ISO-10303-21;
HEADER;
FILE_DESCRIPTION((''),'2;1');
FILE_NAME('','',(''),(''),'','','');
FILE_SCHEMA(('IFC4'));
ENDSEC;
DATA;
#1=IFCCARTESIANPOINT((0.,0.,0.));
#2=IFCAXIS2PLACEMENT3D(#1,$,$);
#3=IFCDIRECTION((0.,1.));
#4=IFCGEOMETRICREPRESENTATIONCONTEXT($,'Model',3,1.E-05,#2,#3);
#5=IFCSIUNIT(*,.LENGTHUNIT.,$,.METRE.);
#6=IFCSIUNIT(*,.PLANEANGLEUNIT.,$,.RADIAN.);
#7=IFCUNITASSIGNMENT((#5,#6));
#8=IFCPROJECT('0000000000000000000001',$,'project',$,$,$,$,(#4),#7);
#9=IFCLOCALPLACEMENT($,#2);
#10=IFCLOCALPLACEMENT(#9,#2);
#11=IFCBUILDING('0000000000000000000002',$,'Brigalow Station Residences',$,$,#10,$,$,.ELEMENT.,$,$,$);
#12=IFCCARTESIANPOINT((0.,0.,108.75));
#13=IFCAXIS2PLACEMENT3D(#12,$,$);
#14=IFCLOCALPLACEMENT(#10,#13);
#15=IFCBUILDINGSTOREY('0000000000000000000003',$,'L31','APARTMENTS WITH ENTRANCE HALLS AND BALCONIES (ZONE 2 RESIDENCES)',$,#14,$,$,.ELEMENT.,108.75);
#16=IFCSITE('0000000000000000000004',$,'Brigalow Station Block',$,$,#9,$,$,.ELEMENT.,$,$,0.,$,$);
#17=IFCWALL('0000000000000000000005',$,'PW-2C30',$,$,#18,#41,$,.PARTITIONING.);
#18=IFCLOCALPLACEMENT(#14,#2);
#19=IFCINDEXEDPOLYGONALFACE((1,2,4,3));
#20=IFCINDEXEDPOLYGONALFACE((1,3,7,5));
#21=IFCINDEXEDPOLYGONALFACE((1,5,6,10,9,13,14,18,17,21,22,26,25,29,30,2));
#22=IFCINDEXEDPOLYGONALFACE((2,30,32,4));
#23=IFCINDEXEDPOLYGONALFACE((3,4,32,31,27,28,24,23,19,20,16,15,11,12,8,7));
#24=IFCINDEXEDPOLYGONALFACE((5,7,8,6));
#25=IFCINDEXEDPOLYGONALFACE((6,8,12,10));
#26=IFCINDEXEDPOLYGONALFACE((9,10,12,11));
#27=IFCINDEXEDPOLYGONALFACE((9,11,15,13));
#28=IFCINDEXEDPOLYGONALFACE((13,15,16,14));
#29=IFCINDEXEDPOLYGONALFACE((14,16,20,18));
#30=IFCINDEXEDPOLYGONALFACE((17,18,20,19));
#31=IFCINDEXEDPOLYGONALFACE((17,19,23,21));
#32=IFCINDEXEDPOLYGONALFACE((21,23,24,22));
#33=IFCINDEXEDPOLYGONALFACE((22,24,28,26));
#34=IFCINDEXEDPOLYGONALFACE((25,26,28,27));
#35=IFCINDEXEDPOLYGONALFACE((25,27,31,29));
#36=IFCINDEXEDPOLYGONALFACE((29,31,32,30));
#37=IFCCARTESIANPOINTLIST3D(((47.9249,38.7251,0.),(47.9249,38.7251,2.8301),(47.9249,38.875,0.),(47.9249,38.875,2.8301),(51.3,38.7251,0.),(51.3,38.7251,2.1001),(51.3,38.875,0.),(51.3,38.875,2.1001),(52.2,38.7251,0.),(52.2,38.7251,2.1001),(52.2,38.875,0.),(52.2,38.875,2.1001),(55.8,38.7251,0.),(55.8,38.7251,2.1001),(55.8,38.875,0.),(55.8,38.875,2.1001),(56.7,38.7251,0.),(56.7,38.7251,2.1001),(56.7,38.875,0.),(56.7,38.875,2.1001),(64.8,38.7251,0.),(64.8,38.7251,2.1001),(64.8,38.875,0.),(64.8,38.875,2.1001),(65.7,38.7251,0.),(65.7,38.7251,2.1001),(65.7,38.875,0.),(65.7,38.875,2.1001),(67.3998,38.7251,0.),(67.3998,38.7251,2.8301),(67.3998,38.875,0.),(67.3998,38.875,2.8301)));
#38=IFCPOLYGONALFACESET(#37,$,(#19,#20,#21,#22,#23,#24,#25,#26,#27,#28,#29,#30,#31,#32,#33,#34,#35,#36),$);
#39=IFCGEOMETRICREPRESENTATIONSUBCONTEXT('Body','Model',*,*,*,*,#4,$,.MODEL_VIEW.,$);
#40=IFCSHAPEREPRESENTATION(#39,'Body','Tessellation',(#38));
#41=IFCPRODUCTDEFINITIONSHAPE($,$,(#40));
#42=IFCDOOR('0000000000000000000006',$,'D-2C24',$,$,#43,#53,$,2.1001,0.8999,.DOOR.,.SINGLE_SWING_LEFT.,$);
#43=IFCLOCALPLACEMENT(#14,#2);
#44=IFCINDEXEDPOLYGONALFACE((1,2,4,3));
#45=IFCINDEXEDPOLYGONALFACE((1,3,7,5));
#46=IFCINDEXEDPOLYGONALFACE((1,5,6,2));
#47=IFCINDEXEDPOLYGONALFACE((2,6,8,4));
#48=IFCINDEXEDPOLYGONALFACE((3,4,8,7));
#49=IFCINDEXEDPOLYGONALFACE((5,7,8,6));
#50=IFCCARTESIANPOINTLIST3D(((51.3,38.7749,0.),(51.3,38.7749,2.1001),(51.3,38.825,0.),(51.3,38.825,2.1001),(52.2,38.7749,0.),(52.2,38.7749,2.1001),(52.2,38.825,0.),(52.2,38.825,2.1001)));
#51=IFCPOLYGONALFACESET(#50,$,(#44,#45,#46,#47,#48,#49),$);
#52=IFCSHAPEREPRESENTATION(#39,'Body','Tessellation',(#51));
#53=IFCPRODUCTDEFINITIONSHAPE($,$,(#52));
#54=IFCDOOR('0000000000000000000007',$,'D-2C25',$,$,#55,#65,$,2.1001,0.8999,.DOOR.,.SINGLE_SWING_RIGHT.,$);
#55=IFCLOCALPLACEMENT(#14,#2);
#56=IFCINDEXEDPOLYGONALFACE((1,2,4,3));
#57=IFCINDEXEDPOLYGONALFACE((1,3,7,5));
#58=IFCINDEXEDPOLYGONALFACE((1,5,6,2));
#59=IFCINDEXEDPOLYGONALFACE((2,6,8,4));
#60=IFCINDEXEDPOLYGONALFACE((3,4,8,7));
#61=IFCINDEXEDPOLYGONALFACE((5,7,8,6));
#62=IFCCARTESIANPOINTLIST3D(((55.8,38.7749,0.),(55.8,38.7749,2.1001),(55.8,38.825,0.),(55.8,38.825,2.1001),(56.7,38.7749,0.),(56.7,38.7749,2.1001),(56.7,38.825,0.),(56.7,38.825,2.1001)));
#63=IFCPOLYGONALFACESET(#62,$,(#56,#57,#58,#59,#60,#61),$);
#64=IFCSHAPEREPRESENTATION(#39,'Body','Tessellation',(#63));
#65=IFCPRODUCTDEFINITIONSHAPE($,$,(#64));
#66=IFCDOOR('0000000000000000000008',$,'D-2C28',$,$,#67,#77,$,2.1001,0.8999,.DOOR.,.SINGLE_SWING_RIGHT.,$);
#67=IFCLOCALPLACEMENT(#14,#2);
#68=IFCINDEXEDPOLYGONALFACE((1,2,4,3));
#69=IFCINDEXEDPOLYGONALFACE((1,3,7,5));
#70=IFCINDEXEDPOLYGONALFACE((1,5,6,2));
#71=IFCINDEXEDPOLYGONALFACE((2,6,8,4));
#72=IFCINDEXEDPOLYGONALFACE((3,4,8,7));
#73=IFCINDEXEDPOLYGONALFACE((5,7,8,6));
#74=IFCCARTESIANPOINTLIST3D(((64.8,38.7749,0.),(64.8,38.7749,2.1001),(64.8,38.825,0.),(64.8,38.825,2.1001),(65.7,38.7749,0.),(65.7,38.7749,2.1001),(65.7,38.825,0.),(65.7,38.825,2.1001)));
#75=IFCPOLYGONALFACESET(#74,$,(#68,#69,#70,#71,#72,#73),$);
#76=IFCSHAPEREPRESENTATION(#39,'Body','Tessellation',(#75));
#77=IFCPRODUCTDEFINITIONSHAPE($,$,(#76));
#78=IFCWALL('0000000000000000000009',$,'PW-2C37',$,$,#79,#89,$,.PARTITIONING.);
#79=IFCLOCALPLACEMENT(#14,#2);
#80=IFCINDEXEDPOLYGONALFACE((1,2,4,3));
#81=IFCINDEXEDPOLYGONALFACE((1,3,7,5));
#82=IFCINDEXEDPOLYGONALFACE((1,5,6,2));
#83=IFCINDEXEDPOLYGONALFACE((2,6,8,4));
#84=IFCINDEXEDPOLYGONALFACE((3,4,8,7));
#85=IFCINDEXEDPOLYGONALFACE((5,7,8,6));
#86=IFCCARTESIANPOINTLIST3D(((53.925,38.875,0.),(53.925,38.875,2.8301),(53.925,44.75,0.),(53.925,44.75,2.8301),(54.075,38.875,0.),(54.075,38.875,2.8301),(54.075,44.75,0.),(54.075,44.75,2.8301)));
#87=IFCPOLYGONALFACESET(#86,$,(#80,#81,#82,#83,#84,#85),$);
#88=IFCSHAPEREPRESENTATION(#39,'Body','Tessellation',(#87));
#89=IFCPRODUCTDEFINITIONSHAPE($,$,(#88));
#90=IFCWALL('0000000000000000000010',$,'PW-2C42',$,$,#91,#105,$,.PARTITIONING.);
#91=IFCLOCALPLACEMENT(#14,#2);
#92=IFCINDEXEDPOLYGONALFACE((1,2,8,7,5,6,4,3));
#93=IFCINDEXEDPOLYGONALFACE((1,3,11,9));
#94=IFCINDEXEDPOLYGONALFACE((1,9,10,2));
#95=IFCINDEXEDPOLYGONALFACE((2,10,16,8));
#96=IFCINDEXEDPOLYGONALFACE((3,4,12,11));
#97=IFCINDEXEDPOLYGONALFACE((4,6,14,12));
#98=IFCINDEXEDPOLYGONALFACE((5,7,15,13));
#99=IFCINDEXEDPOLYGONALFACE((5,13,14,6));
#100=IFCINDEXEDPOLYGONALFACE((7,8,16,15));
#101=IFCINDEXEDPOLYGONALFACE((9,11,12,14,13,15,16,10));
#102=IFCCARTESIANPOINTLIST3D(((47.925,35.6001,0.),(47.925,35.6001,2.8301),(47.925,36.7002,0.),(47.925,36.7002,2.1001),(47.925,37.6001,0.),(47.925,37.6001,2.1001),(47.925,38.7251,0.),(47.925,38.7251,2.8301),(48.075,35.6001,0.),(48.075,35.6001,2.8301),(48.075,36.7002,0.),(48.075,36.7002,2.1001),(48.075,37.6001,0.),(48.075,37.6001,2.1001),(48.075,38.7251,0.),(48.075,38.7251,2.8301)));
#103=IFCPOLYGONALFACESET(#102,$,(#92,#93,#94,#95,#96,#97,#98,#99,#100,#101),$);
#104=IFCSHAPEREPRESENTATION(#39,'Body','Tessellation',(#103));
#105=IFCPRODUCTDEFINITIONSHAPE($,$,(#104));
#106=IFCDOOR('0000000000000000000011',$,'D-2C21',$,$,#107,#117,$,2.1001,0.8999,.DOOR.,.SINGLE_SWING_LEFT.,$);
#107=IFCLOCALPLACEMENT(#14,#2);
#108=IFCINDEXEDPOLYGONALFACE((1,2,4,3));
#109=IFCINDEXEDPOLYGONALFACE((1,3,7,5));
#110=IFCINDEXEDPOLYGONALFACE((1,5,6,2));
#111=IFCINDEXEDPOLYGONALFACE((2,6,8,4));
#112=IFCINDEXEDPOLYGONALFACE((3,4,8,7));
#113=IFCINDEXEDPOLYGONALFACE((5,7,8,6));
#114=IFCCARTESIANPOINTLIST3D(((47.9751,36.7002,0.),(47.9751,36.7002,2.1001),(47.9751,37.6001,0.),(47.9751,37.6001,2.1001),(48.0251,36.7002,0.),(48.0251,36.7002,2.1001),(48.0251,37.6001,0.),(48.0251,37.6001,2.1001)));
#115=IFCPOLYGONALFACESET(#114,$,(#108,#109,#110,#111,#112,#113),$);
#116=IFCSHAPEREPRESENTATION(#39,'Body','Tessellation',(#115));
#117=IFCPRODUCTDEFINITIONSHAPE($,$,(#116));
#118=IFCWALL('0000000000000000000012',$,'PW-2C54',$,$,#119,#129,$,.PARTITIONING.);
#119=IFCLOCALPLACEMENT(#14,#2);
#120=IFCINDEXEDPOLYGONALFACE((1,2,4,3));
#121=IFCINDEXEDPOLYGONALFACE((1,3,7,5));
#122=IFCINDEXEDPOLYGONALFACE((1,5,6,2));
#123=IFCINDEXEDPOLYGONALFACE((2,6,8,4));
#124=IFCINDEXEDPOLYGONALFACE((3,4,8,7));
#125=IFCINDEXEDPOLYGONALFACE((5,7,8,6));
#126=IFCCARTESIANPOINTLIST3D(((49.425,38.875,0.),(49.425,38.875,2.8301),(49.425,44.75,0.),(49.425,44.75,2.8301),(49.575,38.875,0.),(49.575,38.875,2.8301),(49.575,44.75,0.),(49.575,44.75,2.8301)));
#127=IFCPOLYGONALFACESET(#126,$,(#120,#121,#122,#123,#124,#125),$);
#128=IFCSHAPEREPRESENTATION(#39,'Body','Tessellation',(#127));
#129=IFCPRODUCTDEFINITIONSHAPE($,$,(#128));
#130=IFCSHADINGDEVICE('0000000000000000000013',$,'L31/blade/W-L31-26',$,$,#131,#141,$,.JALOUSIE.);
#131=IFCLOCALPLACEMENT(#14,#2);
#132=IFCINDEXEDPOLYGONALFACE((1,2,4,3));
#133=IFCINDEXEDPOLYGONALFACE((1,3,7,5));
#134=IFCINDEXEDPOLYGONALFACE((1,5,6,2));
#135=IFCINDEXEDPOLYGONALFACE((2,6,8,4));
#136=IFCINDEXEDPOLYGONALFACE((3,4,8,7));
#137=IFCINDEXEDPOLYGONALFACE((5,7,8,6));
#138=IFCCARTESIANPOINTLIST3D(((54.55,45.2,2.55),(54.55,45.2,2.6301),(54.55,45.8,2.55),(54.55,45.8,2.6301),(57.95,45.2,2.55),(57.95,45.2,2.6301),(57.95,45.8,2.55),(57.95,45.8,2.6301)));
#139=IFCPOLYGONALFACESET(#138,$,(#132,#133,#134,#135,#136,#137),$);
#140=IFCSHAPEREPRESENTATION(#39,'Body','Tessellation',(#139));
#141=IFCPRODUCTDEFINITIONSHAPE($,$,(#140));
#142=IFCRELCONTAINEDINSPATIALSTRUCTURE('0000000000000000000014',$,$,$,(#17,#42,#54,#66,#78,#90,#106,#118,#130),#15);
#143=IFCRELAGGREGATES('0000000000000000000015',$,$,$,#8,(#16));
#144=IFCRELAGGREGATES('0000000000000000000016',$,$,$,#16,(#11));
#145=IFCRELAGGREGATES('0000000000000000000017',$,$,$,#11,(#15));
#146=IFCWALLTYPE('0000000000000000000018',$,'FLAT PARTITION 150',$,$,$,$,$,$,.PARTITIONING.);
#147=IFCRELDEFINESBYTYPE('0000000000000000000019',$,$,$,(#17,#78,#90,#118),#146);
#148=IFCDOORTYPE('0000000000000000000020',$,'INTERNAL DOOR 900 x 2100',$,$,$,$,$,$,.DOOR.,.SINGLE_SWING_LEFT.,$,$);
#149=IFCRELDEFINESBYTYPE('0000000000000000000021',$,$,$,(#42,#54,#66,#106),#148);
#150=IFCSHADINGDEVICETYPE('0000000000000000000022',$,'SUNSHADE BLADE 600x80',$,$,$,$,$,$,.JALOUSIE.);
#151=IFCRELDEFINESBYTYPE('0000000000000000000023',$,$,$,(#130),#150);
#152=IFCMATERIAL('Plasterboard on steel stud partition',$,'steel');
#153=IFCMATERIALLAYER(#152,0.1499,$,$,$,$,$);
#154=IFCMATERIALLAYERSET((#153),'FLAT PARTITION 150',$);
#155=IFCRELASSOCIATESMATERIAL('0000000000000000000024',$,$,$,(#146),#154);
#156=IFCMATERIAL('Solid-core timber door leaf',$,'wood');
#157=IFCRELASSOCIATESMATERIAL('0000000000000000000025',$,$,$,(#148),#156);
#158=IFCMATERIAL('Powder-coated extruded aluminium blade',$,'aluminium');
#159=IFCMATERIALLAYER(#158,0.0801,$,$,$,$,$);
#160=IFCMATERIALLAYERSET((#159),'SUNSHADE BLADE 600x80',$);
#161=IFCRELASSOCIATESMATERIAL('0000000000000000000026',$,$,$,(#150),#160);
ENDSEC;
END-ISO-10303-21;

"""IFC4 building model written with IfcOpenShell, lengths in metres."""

from ifc_helpers import new_model, si_unit, direction, frame, frame_2d, origin, origin_2d, place, context, subcontext, project, spatial, rectangle, extrude, material, layer, layer_set, type_object, element, fill, save


model = new_model("IFC4")

# Units and contexts
model_context = context("Model", 3, precision=1e-05, world=origin(), true_north=direction((0.0, 1.0)))
body_context = subcontext(model_context, "Body", "Model", "MODEL_VIEW")
ifc_project = project(units=[si_unit("LENGTHUNIT", "METRE"), si_unit("PLANEANGLEUNIT", "RADIAN")], contexts=[model_context])

# Site, building, storey
site_placement = place(None, origin())
site = spatial("IfcSite", under=ifc_project, at=site_placement, Name="Brigalow Station Block", CompositionType="ELEMENT", RefElevation=0.0)
building_placement = place(site_placement, origin())
building = spatial("IfcBuilding", under=site, at=building_placement, Name="Brigalow Station Residences", CompositionType="ELEMENT")
storey_placement = place(building_placement, frame((0.0, 0.0, 108.75)))
storey = spatial("IfcBuildingStorey", under=building, at=storey_placement, Name="L31", Description="APARTMENTS WITH ENTRANCE HALLS AND BALCONIES (ZONE 2 RESIDENCES)", CompositionType="ELEMENT", Elevation=108.75)

# Wall, openings, doors
ifc_material_1 = material(Name="Plasterboard on steel stud partition", Category="steel")
ifc_layer_1 = layer(ifc_material_1, 0.1499)
ifc_layer_set_1 = layer_set([ifc_layer_1], Name="FLAT PARTITION 150")
wall_type_1 = type_object("IfcWallType", Name="FLAT PARTITION 150", PredefinedType="PARTITIONING", material=ifc_layer_set_1)
wall_1_placement = place(storey_placement, frame((47.925, 38.8, 0.0), z_axis=(0.0, 0.0, 1.0), x_axis=(1.0, 0.0, 0.0)))
wall_1 = element("IfcWall", 1, at=wall_1_placement, inside=storey, type_object=wall_type_1, Name="PW-2C30", PredefinedType="PARTITIONING", context=body_context, shape_type="SweptSolid", body=[
    extrude(rectangle(XDim=19.4749, YDim=0.1499, at=frame_2d((9.7373, 0.0))), origin(), (0.0, 0.0, 1.0), 2.8301),
])
opening_1_placement = place(wall_1_placement, frame((3.375, 0.0, 0.0)))
opening_1 = element("IfcOpeningElement", 2, at=opening_1_placement, cuts=wall_1, PredefinedType="OPENING", context=body_context, shape_type="SweptSolid", body=[
    extrude(rectangle(XDim=0.8999, YDim=2.1001, at=frame_2d((0.45, 1.05))), frame((0.0, 0.085, 0.0), z_axis=(0.0, -1.0, 0.0), x_axis=(1.0, 0.0, 0.0)), (0.0, 0.0, 1.0), 0.1699),
])
opening_2_placement = place(wall_1_placement, frame((7.875, 0.0, 0.0)))
opening_2 = element("IfcOpeningElement", 3, at=opening_2_placement, cuts=wall_1, PredefinedType="OPENING", context=body_context, shape_type="SweptSolid", body=[
    extrude(rectangle(XDim=0.8999, YDim=2.1001, at=frame_2d((0.45, 1.05))), frame((0.0, 0.085, 0.0), z_axis=(0.0, -1.0, 0.0), x_axis=(1.0, 0.0, 0.0)), (0.0, 0.0, 1.0), 0.1699),
])
opening_3_placement = place(wall_1_placement, frame((16.875, 0.0, 0.0)))
opening_3 = element("IfcOpeningElement", 4, at=opening_3_placement, cuts=wall_1, PredefinedType="OPENING", context=body_context, shape_type="SweptSolid", body=[
    extrude(rectangle(XDim=0.8999, YDim=2.1001, at=frame_2d((0.45, 1.05))), frame((0.0, 0.085, 0.0), z_axis=(0.0, -1.0, 0.0), x_axis=(1.0, 0.0, 0.0)), (0.0, 0.0, 1.0), 0.1699),
])
ifc_material_2 = material(Name="Solid-core timber door leaf", Category="wood")
door_type_1 = type_object("IfcDoorType", Name="INTERNAL DOOR 900 x 2100", OperationType="SINGLE_SWING_LEFT", PredefinedType="DOOR", material=ifc_material_2)
door_1_placement = place(opening_1_placement, origin())
door_1 = element("IfcDoor", 5, at=door_1_placement, inside=storey, type_object=door_type_1, Name="D-2C24", OperationType="SINGLE_SWING_LEFT", OverallHeight=2.1001, OverallWidth=0.8999, PredefinedType="DOOR", context=body_context, shape_type="SweptSolid", body=[
    extrude(rectangle(XDim=0.8999, YDim=2.1001, at=frame_2d((0.45, 1.05))), frame((0.0, 0.0249, 0.0), z_axis=(0.0, -1.0, 0.0), x_axis=(1.0, 0.0, 0.0)), (0.0, 0.0, 1.0), 0.05),
])
fill(opening_1, door_1)
door_2_placement = place(opening_2_placement, origin())
door_2 = element("IfcDoor", 6, at=door_2_placement, inside=storey, type_object=door_type_1, Name="D-2C25", OperationType="SINGLE_SWING_RIGHT", OverallHeight=2.1001, OverallWidth=0.8999, PredefinedType="DOOR", context=body_context, shape_type="SweptSolid", body=[
    extrude(rectangle(XDim=0.8999, YDim=2.1001, at=frame_2d((0.45, 1.05))), frame((0.0, 0.0249, 0.0), z_axis=(0.0, -1.0, 0.0), x_axis=(1.0, 0.0, 0.0)), (0.0, 0.0, 1.0), 0.05),
])
fill(opening_2, door_2)
door_3_placement = place(opening_3_placement, origin())
door_3 = element("IfcDoor", 7, at=door_3_placement, inside=storey, type_object=door_type_1, Name="D-2C28", OperationType="SINGLE_SWING_RIGHT", OverallHeight=2.1001, OverallWidth=0.8999, PredefinedType="DOOR", context=body_context, shape_type="SweptSolid", body=[
    extrude(rectangle(XDim=0.8999, YDim=2.1001, at=frame_2d((0.45, 1.05))), frame((0.0, 0.0249, 0.0), z_axis=(0.0, -1.0, 0.0), x_axis=(1.0, 0.0, 0.0)), (0.0, 0.0, 1.0), 0.05),
])
fill(opening_3, door_3)

# Wall
wall_2_placement = place(storey_placement, frame((54.0, 38.875, 0.0), z_axis=(0.0, 0.0, 1.0), x_axis=(0.0, 1.0, 0.0)))
element("IfcWall", 8, at=wall_2_placement, inside=storey, type_object=wall_type_1, Name="PW-2C37", PredefinedType="PARTITIONING", context=body_context, shape_type="SweptSolid", body=[
    extrude(rectangle(XDim=5.875, YDim=0.1499, at=frame_2d((2.9375, 0.0))), origin(), (0.0, 0.0, 1.0), 2.8301),
])

# Wall, opening, door
wall_3_placement = place(storey_placement, frame((48.0, 35.6001, 0.0), z_axis=(0.0, 0.0, 1.0), x_axis=(0.0, 1.0, 0.0)))
wall_3 = element("IfcWall", 9, at=wall_3_placement, inside=storey, type_object=wall_type_1, Name="PW-2C42", PredefinedType="PARTITIONING", context=body_context, shape_type="SweptSolid", body=[
    extrude(rectangle(XDim=3.125, YDim=0.1499, at=frame_2d((1.5625, 0.0))), origin(), (0.0, 0.0, 1.0), 2.8301),
])
opening_4_placement = place(wall_3_placement, frame((1.1001, 0.0, 0.0)))
opening_4 = element("IfcOpeningElement", 10, at=opening_4_placement, cuts=wall_3, PredefinedType="OPENING", context=body_context, shape_type="SweptSolid", body=[
    extrude(rectangle(XDim=0.8999, YDim=2.1001, at=frame_2d((0.45, 1.05))), frame((0.0, 0.085, 0.0), z_axis=(0.0, -1.0, 0.0), x_axis=(1.0, 0.0, 0.0)), (0.0, 0.0, 1.0), 0.1699),
])
door_4_placement = place(opening_4_placement, origin())
door_4 = element("IfcDoor", 11, at=door_4_placement, inside=storey, type_object=door_type_1, Name="D-2C21", OperationType="SINGLE_SWING_LEFT", OverallHeight=2.1001, OverallWidth=0.8999, PredefinedType="DOOR", context=body_context, shape_type="SweptSolid", body=[
    extrude(rectangle(XDim=0.8999, YDim=2.1001, at=frame_2d((0.45, 1.05))), frame((0.0, 0.0249, 0.0), z_axis=(0.0, -1.0, 0.0), x_axis=(1.0, 0.0, 0.0)), (0.0, 0.0, 1.0), 0.05),
])
fill(opening_4, door_4)

# Wall
wall_4_placement = place(storey_placement, frame((49.5, 38.875, 0.0), z_axis=(0.0, 0.0, 1.0), x_axis=(0.0, 1.0, 0.0)))
element("IfcWall", 12, at=wall_4_placement, inside=storey, type_object=wall_type_1, Name="PW-2C54", PredefinedType="PARTITIONING", context=body_context, shape_type="SweptSolid", body=[
    extrude(rectangle(XDim=5.875, YDim=0.1499, at=frame_2d((2.9375, 0.0))), origin(), (0.0, 0.0, 1.0), 2.8301),
])

# Shading device
ifc_material_3 = material(Name="Powder-coated extruded aluminium blade", Category="aluminium")
ifc_layer_2 = layer(ifc_material_3, 0.0801)
ifc_layer_set_2 = layer_set([ifc_layer_2], Name="SUNSHADE BLADE 600x80")
shading_device_type = type_object("IfcShadingDeviceType", Name="SUNSHADE BLADE 600x80", PredefinedType="JALOUSIE", material=ifc_layer_set_2)
shading_device_placement = place(storey_placement, frame((56.25, 45.5, 2.55), z_axis=(0.0, 0.0, 1.0), x_axis=(-1.0, 0.0, 0.0)))
element("IfcShadingDevice", 13, at=shading_device_placement, inside=storey, type_object=shading_device_type, Name="L31/blade/W-L31-26", PredefinedType="JALOUSIE", context=body_context, shape_type="SweptSolid", body=[
    extrude(rectangle(XDim=3.3999, YDim=0.6001, at=origin_2d()), origin(), (0.0, 0.0, 1.0), 0.0801),
])

save(model, "model.ifc")
